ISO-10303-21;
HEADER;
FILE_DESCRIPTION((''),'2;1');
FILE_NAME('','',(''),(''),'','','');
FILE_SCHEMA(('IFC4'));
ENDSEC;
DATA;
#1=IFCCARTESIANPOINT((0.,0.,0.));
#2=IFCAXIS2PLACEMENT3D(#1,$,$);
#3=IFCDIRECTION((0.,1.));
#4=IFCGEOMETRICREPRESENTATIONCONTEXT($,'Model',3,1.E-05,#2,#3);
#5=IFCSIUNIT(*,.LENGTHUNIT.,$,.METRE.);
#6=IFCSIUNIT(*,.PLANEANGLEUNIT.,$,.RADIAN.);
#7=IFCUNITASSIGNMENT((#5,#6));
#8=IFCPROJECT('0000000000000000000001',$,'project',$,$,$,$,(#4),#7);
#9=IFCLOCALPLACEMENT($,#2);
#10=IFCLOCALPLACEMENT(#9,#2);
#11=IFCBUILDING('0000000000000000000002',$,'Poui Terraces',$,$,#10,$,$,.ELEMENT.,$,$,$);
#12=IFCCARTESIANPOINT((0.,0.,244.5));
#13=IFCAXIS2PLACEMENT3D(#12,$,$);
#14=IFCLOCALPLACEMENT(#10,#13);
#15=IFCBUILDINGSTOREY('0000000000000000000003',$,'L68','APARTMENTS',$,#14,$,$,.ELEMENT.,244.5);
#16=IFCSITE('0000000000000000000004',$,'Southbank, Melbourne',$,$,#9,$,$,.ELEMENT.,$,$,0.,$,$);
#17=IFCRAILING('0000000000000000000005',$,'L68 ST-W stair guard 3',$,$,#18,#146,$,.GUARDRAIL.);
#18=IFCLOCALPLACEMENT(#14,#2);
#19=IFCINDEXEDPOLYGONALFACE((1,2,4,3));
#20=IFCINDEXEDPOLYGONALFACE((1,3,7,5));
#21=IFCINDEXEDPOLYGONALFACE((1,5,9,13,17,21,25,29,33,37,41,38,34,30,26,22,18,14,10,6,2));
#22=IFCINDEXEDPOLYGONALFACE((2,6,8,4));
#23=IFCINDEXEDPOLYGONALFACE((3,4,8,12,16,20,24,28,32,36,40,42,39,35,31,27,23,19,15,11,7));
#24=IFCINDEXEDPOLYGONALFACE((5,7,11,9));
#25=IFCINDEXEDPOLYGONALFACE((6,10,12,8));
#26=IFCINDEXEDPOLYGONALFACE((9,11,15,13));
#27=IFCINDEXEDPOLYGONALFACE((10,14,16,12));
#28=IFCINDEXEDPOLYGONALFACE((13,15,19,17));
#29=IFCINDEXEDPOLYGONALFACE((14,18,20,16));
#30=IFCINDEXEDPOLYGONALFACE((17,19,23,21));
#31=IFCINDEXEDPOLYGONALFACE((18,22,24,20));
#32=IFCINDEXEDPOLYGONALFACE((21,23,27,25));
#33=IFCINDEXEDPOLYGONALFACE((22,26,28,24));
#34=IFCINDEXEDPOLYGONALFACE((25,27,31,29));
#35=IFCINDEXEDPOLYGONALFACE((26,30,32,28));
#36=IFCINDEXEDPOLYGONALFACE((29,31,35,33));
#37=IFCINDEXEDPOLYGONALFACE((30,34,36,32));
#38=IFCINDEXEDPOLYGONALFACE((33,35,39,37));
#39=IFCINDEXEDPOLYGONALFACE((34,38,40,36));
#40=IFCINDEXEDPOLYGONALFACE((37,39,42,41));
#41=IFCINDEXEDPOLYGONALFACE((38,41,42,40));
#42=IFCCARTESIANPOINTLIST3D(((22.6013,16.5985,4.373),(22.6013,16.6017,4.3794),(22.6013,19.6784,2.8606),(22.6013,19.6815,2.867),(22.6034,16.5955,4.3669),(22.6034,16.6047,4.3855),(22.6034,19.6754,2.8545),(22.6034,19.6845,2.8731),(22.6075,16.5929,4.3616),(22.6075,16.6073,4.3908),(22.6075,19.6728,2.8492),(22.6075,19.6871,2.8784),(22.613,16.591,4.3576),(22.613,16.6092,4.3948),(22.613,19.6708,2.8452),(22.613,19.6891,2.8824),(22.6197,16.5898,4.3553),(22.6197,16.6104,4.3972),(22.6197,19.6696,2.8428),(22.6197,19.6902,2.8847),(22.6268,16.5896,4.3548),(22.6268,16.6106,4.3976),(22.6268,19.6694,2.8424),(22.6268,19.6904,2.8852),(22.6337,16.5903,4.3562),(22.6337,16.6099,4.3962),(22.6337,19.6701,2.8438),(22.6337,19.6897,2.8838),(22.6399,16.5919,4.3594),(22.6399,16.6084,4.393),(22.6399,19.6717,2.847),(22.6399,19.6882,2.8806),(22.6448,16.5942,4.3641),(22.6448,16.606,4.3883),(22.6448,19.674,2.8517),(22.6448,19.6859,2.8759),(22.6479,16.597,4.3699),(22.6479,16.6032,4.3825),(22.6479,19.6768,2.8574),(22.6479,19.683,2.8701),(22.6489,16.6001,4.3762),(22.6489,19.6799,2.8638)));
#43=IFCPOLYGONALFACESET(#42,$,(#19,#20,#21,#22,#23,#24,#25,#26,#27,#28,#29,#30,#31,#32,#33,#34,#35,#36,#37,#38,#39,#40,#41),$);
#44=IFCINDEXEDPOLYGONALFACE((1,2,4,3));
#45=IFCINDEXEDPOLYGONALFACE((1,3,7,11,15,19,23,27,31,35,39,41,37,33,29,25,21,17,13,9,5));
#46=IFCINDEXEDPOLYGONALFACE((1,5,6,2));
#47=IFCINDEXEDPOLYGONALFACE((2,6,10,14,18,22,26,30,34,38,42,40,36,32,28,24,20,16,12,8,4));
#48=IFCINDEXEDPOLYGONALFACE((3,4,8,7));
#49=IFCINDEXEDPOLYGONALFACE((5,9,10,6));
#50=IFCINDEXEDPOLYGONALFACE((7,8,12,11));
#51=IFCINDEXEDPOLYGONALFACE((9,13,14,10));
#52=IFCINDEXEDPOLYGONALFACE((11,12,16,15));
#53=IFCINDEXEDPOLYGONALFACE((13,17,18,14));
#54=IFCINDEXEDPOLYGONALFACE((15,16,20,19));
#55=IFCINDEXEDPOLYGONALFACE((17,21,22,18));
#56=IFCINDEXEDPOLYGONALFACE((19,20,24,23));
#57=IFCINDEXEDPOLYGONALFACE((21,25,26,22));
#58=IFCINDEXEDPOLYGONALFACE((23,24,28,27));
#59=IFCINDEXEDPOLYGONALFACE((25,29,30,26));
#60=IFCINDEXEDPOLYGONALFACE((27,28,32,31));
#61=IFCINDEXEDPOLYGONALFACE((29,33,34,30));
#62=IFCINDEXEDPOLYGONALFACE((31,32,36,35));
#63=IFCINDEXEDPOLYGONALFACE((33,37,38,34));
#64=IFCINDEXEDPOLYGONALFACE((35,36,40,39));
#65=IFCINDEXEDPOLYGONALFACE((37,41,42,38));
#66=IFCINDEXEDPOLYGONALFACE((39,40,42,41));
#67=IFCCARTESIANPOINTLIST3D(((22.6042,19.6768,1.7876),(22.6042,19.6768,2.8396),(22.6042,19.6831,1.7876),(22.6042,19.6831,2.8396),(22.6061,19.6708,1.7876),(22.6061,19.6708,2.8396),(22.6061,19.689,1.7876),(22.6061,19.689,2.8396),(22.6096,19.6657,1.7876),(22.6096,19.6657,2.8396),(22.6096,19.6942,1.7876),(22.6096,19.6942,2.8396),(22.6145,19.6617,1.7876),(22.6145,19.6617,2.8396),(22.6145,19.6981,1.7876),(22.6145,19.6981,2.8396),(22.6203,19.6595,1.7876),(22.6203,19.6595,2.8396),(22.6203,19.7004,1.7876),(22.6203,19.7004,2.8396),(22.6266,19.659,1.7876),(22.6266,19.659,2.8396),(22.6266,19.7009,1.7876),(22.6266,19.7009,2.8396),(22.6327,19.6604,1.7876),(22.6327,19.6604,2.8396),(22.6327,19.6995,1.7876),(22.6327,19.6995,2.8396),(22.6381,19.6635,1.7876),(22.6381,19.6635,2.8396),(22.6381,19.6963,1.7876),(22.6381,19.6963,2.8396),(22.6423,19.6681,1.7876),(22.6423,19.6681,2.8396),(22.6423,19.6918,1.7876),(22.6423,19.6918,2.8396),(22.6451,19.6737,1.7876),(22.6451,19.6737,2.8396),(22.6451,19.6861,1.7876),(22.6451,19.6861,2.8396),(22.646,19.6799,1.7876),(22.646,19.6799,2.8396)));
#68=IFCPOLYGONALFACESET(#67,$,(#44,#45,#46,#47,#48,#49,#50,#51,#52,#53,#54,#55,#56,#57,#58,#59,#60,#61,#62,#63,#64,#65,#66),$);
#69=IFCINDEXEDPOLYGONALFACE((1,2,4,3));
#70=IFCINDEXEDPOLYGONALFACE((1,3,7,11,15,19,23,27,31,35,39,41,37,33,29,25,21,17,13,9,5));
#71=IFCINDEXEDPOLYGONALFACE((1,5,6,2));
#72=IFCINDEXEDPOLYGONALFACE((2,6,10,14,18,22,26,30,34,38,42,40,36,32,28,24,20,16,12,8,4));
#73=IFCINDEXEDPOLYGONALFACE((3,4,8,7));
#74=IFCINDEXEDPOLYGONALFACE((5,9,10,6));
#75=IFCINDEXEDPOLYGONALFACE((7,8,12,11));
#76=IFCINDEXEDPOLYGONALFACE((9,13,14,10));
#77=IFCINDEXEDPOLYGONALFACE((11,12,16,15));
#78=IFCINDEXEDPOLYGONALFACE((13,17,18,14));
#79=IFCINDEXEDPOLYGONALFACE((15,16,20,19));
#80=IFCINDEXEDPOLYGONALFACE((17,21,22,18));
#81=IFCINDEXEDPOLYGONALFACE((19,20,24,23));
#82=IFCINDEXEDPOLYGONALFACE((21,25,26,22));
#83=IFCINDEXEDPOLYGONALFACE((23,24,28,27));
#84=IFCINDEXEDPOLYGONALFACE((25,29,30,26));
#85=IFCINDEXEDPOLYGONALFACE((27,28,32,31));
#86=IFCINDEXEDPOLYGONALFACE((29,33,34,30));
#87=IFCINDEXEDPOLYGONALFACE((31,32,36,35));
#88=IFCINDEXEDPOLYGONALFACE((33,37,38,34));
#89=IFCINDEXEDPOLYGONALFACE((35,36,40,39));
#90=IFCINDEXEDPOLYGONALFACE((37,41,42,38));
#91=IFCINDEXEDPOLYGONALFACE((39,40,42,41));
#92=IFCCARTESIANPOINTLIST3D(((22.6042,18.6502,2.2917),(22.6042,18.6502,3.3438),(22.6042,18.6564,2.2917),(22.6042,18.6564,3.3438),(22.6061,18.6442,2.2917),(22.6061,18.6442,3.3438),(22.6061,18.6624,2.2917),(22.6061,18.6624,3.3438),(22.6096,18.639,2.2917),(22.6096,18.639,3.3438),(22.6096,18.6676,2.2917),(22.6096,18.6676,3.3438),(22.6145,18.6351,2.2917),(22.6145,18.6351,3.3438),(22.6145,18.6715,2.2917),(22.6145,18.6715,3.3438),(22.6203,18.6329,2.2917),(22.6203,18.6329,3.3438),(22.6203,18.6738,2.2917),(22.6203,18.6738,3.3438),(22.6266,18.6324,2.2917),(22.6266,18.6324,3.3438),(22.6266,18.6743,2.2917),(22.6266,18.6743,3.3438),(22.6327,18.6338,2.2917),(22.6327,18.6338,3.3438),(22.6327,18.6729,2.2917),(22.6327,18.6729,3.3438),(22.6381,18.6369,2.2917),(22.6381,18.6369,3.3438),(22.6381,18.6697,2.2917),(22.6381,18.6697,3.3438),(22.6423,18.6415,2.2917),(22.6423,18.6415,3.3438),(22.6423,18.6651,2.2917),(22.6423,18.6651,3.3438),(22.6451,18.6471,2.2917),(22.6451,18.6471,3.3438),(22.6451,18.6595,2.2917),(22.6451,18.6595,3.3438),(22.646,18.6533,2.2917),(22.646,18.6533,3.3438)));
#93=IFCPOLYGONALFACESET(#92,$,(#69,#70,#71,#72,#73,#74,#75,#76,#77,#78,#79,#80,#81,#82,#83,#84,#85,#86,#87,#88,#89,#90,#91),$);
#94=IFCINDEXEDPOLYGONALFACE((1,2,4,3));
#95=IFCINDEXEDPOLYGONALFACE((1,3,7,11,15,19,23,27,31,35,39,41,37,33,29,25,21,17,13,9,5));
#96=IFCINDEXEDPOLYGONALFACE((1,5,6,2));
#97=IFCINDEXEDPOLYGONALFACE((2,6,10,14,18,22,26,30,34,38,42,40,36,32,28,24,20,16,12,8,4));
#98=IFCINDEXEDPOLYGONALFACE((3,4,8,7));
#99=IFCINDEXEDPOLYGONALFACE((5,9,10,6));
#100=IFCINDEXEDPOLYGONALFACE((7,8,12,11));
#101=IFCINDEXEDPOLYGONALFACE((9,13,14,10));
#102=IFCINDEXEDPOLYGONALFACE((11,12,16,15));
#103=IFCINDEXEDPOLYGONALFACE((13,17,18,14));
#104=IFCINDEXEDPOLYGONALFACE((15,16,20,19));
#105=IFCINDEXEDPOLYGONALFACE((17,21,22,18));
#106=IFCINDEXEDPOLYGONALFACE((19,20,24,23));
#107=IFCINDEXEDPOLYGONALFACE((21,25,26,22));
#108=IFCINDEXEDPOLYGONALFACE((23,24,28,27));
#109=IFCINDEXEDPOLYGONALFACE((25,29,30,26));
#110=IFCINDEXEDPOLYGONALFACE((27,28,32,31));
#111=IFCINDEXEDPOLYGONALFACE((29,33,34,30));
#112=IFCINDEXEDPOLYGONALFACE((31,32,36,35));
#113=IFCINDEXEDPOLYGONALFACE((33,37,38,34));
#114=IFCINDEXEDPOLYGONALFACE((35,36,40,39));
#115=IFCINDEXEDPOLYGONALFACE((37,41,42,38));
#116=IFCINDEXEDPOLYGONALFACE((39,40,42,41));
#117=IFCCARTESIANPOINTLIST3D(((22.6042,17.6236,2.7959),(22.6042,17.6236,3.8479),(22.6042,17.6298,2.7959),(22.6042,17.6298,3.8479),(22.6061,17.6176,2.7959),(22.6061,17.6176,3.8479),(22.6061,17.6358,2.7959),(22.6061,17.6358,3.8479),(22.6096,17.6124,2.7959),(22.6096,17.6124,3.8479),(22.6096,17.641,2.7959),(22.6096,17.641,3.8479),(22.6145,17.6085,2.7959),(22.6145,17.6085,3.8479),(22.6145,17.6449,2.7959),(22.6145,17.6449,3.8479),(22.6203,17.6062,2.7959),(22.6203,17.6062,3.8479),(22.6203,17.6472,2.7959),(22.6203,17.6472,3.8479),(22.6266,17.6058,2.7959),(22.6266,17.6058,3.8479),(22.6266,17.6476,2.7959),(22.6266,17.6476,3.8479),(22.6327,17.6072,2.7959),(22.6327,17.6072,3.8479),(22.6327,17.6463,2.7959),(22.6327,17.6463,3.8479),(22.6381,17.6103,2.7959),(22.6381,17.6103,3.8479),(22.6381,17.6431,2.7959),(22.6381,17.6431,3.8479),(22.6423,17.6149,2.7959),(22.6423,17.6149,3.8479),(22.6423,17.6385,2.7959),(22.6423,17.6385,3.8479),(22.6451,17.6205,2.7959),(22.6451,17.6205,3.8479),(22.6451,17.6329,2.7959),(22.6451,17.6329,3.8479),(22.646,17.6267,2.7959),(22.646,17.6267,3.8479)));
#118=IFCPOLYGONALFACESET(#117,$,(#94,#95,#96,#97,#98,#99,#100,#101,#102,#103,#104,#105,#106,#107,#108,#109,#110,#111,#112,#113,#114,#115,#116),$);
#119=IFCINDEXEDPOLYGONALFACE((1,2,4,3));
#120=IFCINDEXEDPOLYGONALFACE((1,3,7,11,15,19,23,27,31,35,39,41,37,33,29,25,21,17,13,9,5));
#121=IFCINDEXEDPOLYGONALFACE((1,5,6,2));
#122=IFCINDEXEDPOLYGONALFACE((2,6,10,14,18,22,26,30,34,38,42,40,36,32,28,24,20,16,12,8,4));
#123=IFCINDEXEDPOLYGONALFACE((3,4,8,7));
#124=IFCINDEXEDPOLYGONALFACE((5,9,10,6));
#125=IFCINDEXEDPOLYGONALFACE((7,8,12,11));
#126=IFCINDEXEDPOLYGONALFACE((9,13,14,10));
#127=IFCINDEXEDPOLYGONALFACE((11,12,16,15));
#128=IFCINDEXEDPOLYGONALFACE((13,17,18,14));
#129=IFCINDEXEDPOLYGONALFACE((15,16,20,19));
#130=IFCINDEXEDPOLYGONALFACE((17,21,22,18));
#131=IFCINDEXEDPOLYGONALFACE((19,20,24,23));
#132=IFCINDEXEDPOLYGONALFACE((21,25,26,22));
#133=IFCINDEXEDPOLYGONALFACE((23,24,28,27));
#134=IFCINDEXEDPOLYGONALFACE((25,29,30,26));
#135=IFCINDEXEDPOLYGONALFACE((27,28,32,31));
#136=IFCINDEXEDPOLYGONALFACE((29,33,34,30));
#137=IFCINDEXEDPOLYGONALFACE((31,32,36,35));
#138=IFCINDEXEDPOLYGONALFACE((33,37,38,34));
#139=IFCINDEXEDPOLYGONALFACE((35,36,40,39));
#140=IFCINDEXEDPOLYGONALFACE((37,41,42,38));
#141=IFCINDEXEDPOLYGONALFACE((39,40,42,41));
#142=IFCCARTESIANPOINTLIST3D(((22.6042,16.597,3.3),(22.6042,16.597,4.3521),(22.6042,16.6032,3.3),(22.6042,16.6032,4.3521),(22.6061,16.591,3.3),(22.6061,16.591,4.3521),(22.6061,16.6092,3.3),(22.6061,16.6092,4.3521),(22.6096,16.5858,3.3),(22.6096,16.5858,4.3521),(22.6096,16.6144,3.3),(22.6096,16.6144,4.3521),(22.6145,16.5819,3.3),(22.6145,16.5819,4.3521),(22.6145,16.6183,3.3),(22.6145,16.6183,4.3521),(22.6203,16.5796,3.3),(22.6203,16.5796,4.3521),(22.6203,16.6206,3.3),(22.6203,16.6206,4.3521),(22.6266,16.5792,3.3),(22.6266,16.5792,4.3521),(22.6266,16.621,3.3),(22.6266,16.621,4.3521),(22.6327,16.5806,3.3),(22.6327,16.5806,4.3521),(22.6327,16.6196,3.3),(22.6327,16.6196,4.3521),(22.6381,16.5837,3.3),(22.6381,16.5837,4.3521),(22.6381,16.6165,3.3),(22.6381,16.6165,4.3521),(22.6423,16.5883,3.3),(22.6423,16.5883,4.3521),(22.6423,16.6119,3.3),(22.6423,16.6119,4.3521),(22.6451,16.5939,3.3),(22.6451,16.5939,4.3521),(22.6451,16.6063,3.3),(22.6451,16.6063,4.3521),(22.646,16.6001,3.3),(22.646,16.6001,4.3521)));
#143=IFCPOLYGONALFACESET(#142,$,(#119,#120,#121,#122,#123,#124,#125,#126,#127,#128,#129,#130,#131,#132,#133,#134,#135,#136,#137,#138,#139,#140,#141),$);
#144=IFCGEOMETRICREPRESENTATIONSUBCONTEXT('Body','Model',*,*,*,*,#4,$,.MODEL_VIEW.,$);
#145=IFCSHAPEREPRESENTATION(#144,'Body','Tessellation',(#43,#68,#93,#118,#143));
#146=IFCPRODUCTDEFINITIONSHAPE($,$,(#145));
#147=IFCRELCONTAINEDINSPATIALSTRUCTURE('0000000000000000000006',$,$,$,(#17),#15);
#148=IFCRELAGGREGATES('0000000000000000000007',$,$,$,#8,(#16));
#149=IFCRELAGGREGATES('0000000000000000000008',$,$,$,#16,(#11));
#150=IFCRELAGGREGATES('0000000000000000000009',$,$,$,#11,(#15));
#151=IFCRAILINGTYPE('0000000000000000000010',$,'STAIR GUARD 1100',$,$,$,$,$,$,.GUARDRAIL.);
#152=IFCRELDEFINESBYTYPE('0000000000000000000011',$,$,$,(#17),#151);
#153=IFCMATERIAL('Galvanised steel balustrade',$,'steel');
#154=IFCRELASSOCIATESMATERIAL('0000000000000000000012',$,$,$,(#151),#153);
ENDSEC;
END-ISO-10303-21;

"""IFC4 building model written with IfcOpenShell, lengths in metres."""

from ifc_helpers import new_model, si_unit, direction, frame, origin, origin_2d, place, context, subcontext, project, spatial, circle, extrude, material, type_object, element, save


model = new_model("IFC4")

# Units and contexts
model_context = context("Model", 3, precision=1e-05, world=origin(), true_north=direction((0.0, 1.0)))
body_context = subcontext(model_context, "Body", "Model", "MODEL_VIEW")
ifc_project = project(units=[si_unit("LENGTHUNIT", "METRE"), si_unit("PLANEANGLEUNIT", "RADIAN")], contexts=[model_context])

# Site, building, storey
site_placement = place(None, origin())
site = spatial("IfcSite", under=ifc_project, at=site_placement, Name="Southbank, Melbourne", CompositionType="ELEMENT", RefElevation=0.0)
building_placement = place(site_placement, origin())
building = spatial("IfcBuilding", under=site, at=building_placement, Name="Poui Terraces", CompositionType="ELEMENT")
storey_placement = place(building_placement, frame((0.0, 0.0, 244.5)))
storey = spatial("IfcBuildingStorey", under=building, at=storey_placement, Name="L68", Description="APARTMENTS", CompositionType="ELEMENT", Elevation=244.5)

# Railing
ifc_material_1 = material(Name="Galvanised steel balustrade", Category="steel")
railing_type_1 = type_object("IfcRailingType", Name="STAIR GUARD 1100", PredefinedType="GUARDRAIL", material=ifc_material_1)
railing_1_placement = place(storey_placement, frame((22.625, 19.6799, 1.7876)))
element("IfcRailing", 1, at=railing_1_placement, inside=storey, type_object=railing_type_1, Name="L68 ST-W stair guard 3", PredefinedType="GUARDRAIL", context=body_context, shape_type="SweptSolid", body=[
    extrude(circle(Radius=0.0239, at=origin_2d()), frame((0.0, 0.0, 1.0762), z_axis=(0.0, -0.897606, 0.440798), x_axis=(1.0, 0.0, 0.0)), (0.0, 0.0, 1.0), 3.4312),
    extrude(circle(Radius=0.021, at=origin_2d()), origin(), (0.0, 0.0, 1.0), 1.052),
    extrude(circle(Radius=0.021, at=origin_2d()), frame((0.0, -1.0266, 0.5042)), (0.0, 0.0, 1.0), 1.052),
    extrude(circle(Radius=0.021, at=origin_2d()), frame((0.0, -2.0532, 1.0083)), (0.0, 0.0, 1.0), 1.052),
    extrude(circle(Radius=0.021, at=origin_2d()), frame((0.0, -3.0798, 1.5125)), (0.0, 0.0, 1.0), 1.052),
])

save(model, "model.ifc")
